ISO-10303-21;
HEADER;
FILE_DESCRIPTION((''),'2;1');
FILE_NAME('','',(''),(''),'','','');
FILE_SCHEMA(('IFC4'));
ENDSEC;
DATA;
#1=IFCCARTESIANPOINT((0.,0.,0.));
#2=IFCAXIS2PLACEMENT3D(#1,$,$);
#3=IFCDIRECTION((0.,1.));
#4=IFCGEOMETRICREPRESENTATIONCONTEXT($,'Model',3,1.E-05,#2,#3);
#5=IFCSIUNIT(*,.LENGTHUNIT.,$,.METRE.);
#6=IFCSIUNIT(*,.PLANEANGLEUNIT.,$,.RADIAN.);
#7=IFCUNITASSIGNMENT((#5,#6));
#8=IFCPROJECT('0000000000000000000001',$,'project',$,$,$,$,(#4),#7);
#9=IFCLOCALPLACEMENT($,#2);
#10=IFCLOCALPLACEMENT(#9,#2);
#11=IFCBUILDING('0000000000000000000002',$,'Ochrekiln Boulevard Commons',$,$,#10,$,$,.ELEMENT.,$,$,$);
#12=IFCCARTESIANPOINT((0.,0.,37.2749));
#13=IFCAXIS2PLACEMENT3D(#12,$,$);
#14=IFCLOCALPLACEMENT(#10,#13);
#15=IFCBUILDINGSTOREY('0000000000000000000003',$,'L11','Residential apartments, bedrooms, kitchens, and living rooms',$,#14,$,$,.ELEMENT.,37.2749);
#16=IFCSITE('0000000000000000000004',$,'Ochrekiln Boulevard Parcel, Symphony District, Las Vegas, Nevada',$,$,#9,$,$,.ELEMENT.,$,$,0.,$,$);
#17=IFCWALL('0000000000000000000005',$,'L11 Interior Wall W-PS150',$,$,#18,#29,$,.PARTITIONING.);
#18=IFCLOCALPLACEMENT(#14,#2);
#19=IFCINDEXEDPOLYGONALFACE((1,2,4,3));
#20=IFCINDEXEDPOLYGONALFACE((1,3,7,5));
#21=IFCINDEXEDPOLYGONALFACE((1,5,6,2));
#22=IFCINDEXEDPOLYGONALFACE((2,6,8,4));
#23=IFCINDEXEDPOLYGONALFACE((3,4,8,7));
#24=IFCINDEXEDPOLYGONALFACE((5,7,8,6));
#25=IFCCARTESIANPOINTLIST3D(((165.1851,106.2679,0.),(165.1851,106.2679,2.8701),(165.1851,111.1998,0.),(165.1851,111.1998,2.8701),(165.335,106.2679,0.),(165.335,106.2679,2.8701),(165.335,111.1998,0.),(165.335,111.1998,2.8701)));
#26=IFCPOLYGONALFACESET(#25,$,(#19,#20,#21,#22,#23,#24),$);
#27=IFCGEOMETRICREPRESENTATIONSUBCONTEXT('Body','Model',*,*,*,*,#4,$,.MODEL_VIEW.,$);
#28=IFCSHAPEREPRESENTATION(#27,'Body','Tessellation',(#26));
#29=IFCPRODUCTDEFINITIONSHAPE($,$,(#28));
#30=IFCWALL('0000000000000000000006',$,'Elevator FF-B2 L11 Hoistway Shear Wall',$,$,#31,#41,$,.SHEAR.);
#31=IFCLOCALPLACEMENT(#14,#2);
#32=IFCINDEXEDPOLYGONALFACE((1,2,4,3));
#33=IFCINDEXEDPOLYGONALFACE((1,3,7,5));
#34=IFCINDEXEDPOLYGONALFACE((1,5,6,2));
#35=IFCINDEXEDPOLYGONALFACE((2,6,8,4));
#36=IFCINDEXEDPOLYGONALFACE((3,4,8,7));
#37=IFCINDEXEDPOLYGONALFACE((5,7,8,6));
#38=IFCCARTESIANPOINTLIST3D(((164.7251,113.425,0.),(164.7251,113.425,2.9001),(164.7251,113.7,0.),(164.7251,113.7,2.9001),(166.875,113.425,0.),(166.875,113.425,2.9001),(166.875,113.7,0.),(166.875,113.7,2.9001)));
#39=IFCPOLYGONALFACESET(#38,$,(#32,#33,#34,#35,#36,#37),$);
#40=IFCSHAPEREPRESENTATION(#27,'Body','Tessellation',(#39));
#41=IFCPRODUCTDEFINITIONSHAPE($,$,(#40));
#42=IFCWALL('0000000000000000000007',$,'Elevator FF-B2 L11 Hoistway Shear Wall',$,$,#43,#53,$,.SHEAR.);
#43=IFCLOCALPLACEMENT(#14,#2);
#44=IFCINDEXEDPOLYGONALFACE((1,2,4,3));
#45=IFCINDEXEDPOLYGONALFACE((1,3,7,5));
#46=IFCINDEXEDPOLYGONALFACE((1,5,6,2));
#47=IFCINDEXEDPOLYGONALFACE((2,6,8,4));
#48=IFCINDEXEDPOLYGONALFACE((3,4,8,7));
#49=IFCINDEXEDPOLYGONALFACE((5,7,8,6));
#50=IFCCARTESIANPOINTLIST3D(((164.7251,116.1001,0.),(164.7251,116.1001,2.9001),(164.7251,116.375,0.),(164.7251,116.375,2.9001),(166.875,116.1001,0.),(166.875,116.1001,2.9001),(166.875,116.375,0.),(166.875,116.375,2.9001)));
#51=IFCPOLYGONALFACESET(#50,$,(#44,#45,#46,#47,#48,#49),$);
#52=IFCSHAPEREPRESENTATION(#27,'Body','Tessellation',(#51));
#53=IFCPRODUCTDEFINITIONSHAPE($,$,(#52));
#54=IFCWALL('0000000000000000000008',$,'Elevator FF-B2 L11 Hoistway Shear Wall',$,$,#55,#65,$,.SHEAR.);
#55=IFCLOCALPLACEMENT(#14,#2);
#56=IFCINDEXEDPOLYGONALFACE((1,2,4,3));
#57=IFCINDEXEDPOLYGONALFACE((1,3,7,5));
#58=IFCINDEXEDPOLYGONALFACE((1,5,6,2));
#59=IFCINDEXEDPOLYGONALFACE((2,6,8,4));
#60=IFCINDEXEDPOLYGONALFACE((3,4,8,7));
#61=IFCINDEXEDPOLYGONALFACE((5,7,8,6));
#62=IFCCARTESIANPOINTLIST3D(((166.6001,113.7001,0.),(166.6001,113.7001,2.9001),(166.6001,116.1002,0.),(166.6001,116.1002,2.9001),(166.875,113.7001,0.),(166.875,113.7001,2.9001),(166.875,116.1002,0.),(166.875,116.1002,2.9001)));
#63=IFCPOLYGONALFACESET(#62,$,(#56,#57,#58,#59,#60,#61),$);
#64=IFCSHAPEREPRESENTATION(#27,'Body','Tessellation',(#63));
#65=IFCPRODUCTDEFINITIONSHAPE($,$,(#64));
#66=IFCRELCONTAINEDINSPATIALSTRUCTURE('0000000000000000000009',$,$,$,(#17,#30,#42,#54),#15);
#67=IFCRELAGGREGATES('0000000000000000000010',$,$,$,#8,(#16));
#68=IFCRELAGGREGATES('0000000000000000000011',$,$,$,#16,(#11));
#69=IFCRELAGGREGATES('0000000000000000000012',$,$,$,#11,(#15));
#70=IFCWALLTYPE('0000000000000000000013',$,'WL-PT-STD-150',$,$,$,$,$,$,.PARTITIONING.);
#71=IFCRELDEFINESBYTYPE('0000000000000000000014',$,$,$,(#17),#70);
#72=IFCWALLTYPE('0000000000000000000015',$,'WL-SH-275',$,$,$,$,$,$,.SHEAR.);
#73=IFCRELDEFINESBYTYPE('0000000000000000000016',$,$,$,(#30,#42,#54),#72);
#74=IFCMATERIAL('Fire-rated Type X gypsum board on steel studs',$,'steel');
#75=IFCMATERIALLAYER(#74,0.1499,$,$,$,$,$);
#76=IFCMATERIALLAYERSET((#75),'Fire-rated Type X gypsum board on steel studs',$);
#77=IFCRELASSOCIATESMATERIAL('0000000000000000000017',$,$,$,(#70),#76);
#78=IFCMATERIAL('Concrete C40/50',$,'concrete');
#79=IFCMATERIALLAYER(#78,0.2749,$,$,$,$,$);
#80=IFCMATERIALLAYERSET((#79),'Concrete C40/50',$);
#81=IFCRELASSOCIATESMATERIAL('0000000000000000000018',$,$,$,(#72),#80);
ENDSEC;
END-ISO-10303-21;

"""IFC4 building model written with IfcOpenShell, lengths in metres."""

from ifc_helpers import new_model, si_unit, direction, frame, frame_2d, origin, place, context, subcontext, project, spatial, rectangle, extrude, material, layer, layer_set, type_object, element, save


model = new_model("IFC4")

# Units and contexts
model_context = context("Model", 3, precision=1e-05, world=origin(), true_north=direction((0.0, 1.0)))
body_context = subcontext(model_context, "Body", "Model", "MODEL_VIEW")
ifc_project = project(units=[si_unit("LENGTHUNIT", "METRE"), si_unit("PLANEANGLEUNIT", "RADIAN")], contexts=[model_context])

# Site, building, storey
site_placement = place(None, origin())
site = spatial("IfcSite", under=ifc_project, at=site_placement, Name="Ochrekiln Boulevard Parcel, Symphony District, Las Vegas, Nevada", CompositionType="ELEMENT", RefElevation=0.0)
building_placement = place(site_placement, origin())
building = spatial("IfcBuilding", under=site, at=building_placement, Name="Ochrekiln Boulevard Commons", CompositionType="ELEMENT")
storey_placement = place(building_placement, frame((0.0, 0.0, 37.2749)))
storey = spatial("IfcBuildingStorey", under=building, at=storey_placement, Name="L11", Description="Residential apartments, bedrooms, kitchens, and living rooms", CompositionType="ELEMENT", Elevation=37.2749)

# Shared definitions
ifc_material_1 = material(Name="Concrete C40/50", Category="concrete")

# Shared definitions
ifc_material_2 = material(Name="Fire-rated Type X gypsum board on steel studs", Category="steel")

# Shared definitions
ifc_layer_1 = layer(ifc_material_2, 0.1499)
ifc_layer_set_1 = layer_set([ifc_layer_1], Name="Fire-rated Type X gypsum board on steel studs")
wall_type_1 = type_object("IfcWallType", Name="WL-PT-STD-150", PredefinedType="PARTITIONING", material=ifc_layer_set_1)

# Walls
wall_1_placement = place(storey_placement, frame((165.26, 106.2681, 0.0), z_axis=(0.0, 0.0, 1.0), x_axis=(0.0, 1.0, 0.0)))
element("IfcWall", 1, at=wall_1_placement, inside=storey, type_object=wall_type_1, Name="L11 Interior Wall W-PS150", PredefinedType="PARTITIONING", context=body_context, shape_type="SweptSolid", body=[
    extrude(rectangle(XDim=4.9319, YDim=0.1499, at=frame_2d((2.4658, 0.0))), origin(), (0.0, 0.0, 1.0), 2.8701),
])
ifc_layer_2 = layer(ifc_material_1, 0.2749)
ifc_layer_set_2 = layer_set([ifc_layer_2], Name="Concrete C40/50")
wall_type_2 = type_object("IfcWallType", Name="WL-SH-275", PredefinedType="SHEAR", material=ifc_layer_set_2)
for number, where, z_axis, x_axis, name in (
    (2, (164.7251, 113.5625, 0.0), (0.0, 0.0, 1.0), (1.0, 0.0, 0.0), "Elevator FF-B2 L11 Hoistway Shear Wall"),
    (3, (164.7251, 116.2375, 0.0), (0.0, 0.0, 1.0), (1.0, 0.0, 0.0), "Elevator FF-B2 L11 Hoistway Shear Wall"),
):
    element("IfcWall", number, at=place(storey_placement, frame(where, z_axis=z_axis, x_axis=x_axis)), inside=storey, type_object=wall_type_2, Name=name, PredefinedType="SHEAR", context=body_context, shape_type="SweptSolid", body=[
        extrude(rectangle(XDim=2.1499, YDim=0.2749, at=frame_2d((1.075, 0.0))), origin(), (0.0, 0.0, 1.0), 2.9001),
    ])

# Wall
wall_2_placement = place(storey_placement, frame((166.7375, 113.7, 0.0), z_axis=(0.0, 0.0, 1.0), x_axis=(0.0, 1.0, 0.0)))
element("IfcWall", 4, at=wall_2_placement, inside=storey, type_object=wall_type_2, Name="Elevator FF-B2 L11 Hoistway Shear Wall", PredefinedType="SHEAR", context=body_context, shape_type="SweptSolid", body=[
    extrude(rectangle(XDim=2.4001, YDim=0.2749, at=frame_2d((1.2002, 0.0))), origin(), (0.0, 0.0, 1.0), 2.9001),
])

save(model, "model.ifc")
